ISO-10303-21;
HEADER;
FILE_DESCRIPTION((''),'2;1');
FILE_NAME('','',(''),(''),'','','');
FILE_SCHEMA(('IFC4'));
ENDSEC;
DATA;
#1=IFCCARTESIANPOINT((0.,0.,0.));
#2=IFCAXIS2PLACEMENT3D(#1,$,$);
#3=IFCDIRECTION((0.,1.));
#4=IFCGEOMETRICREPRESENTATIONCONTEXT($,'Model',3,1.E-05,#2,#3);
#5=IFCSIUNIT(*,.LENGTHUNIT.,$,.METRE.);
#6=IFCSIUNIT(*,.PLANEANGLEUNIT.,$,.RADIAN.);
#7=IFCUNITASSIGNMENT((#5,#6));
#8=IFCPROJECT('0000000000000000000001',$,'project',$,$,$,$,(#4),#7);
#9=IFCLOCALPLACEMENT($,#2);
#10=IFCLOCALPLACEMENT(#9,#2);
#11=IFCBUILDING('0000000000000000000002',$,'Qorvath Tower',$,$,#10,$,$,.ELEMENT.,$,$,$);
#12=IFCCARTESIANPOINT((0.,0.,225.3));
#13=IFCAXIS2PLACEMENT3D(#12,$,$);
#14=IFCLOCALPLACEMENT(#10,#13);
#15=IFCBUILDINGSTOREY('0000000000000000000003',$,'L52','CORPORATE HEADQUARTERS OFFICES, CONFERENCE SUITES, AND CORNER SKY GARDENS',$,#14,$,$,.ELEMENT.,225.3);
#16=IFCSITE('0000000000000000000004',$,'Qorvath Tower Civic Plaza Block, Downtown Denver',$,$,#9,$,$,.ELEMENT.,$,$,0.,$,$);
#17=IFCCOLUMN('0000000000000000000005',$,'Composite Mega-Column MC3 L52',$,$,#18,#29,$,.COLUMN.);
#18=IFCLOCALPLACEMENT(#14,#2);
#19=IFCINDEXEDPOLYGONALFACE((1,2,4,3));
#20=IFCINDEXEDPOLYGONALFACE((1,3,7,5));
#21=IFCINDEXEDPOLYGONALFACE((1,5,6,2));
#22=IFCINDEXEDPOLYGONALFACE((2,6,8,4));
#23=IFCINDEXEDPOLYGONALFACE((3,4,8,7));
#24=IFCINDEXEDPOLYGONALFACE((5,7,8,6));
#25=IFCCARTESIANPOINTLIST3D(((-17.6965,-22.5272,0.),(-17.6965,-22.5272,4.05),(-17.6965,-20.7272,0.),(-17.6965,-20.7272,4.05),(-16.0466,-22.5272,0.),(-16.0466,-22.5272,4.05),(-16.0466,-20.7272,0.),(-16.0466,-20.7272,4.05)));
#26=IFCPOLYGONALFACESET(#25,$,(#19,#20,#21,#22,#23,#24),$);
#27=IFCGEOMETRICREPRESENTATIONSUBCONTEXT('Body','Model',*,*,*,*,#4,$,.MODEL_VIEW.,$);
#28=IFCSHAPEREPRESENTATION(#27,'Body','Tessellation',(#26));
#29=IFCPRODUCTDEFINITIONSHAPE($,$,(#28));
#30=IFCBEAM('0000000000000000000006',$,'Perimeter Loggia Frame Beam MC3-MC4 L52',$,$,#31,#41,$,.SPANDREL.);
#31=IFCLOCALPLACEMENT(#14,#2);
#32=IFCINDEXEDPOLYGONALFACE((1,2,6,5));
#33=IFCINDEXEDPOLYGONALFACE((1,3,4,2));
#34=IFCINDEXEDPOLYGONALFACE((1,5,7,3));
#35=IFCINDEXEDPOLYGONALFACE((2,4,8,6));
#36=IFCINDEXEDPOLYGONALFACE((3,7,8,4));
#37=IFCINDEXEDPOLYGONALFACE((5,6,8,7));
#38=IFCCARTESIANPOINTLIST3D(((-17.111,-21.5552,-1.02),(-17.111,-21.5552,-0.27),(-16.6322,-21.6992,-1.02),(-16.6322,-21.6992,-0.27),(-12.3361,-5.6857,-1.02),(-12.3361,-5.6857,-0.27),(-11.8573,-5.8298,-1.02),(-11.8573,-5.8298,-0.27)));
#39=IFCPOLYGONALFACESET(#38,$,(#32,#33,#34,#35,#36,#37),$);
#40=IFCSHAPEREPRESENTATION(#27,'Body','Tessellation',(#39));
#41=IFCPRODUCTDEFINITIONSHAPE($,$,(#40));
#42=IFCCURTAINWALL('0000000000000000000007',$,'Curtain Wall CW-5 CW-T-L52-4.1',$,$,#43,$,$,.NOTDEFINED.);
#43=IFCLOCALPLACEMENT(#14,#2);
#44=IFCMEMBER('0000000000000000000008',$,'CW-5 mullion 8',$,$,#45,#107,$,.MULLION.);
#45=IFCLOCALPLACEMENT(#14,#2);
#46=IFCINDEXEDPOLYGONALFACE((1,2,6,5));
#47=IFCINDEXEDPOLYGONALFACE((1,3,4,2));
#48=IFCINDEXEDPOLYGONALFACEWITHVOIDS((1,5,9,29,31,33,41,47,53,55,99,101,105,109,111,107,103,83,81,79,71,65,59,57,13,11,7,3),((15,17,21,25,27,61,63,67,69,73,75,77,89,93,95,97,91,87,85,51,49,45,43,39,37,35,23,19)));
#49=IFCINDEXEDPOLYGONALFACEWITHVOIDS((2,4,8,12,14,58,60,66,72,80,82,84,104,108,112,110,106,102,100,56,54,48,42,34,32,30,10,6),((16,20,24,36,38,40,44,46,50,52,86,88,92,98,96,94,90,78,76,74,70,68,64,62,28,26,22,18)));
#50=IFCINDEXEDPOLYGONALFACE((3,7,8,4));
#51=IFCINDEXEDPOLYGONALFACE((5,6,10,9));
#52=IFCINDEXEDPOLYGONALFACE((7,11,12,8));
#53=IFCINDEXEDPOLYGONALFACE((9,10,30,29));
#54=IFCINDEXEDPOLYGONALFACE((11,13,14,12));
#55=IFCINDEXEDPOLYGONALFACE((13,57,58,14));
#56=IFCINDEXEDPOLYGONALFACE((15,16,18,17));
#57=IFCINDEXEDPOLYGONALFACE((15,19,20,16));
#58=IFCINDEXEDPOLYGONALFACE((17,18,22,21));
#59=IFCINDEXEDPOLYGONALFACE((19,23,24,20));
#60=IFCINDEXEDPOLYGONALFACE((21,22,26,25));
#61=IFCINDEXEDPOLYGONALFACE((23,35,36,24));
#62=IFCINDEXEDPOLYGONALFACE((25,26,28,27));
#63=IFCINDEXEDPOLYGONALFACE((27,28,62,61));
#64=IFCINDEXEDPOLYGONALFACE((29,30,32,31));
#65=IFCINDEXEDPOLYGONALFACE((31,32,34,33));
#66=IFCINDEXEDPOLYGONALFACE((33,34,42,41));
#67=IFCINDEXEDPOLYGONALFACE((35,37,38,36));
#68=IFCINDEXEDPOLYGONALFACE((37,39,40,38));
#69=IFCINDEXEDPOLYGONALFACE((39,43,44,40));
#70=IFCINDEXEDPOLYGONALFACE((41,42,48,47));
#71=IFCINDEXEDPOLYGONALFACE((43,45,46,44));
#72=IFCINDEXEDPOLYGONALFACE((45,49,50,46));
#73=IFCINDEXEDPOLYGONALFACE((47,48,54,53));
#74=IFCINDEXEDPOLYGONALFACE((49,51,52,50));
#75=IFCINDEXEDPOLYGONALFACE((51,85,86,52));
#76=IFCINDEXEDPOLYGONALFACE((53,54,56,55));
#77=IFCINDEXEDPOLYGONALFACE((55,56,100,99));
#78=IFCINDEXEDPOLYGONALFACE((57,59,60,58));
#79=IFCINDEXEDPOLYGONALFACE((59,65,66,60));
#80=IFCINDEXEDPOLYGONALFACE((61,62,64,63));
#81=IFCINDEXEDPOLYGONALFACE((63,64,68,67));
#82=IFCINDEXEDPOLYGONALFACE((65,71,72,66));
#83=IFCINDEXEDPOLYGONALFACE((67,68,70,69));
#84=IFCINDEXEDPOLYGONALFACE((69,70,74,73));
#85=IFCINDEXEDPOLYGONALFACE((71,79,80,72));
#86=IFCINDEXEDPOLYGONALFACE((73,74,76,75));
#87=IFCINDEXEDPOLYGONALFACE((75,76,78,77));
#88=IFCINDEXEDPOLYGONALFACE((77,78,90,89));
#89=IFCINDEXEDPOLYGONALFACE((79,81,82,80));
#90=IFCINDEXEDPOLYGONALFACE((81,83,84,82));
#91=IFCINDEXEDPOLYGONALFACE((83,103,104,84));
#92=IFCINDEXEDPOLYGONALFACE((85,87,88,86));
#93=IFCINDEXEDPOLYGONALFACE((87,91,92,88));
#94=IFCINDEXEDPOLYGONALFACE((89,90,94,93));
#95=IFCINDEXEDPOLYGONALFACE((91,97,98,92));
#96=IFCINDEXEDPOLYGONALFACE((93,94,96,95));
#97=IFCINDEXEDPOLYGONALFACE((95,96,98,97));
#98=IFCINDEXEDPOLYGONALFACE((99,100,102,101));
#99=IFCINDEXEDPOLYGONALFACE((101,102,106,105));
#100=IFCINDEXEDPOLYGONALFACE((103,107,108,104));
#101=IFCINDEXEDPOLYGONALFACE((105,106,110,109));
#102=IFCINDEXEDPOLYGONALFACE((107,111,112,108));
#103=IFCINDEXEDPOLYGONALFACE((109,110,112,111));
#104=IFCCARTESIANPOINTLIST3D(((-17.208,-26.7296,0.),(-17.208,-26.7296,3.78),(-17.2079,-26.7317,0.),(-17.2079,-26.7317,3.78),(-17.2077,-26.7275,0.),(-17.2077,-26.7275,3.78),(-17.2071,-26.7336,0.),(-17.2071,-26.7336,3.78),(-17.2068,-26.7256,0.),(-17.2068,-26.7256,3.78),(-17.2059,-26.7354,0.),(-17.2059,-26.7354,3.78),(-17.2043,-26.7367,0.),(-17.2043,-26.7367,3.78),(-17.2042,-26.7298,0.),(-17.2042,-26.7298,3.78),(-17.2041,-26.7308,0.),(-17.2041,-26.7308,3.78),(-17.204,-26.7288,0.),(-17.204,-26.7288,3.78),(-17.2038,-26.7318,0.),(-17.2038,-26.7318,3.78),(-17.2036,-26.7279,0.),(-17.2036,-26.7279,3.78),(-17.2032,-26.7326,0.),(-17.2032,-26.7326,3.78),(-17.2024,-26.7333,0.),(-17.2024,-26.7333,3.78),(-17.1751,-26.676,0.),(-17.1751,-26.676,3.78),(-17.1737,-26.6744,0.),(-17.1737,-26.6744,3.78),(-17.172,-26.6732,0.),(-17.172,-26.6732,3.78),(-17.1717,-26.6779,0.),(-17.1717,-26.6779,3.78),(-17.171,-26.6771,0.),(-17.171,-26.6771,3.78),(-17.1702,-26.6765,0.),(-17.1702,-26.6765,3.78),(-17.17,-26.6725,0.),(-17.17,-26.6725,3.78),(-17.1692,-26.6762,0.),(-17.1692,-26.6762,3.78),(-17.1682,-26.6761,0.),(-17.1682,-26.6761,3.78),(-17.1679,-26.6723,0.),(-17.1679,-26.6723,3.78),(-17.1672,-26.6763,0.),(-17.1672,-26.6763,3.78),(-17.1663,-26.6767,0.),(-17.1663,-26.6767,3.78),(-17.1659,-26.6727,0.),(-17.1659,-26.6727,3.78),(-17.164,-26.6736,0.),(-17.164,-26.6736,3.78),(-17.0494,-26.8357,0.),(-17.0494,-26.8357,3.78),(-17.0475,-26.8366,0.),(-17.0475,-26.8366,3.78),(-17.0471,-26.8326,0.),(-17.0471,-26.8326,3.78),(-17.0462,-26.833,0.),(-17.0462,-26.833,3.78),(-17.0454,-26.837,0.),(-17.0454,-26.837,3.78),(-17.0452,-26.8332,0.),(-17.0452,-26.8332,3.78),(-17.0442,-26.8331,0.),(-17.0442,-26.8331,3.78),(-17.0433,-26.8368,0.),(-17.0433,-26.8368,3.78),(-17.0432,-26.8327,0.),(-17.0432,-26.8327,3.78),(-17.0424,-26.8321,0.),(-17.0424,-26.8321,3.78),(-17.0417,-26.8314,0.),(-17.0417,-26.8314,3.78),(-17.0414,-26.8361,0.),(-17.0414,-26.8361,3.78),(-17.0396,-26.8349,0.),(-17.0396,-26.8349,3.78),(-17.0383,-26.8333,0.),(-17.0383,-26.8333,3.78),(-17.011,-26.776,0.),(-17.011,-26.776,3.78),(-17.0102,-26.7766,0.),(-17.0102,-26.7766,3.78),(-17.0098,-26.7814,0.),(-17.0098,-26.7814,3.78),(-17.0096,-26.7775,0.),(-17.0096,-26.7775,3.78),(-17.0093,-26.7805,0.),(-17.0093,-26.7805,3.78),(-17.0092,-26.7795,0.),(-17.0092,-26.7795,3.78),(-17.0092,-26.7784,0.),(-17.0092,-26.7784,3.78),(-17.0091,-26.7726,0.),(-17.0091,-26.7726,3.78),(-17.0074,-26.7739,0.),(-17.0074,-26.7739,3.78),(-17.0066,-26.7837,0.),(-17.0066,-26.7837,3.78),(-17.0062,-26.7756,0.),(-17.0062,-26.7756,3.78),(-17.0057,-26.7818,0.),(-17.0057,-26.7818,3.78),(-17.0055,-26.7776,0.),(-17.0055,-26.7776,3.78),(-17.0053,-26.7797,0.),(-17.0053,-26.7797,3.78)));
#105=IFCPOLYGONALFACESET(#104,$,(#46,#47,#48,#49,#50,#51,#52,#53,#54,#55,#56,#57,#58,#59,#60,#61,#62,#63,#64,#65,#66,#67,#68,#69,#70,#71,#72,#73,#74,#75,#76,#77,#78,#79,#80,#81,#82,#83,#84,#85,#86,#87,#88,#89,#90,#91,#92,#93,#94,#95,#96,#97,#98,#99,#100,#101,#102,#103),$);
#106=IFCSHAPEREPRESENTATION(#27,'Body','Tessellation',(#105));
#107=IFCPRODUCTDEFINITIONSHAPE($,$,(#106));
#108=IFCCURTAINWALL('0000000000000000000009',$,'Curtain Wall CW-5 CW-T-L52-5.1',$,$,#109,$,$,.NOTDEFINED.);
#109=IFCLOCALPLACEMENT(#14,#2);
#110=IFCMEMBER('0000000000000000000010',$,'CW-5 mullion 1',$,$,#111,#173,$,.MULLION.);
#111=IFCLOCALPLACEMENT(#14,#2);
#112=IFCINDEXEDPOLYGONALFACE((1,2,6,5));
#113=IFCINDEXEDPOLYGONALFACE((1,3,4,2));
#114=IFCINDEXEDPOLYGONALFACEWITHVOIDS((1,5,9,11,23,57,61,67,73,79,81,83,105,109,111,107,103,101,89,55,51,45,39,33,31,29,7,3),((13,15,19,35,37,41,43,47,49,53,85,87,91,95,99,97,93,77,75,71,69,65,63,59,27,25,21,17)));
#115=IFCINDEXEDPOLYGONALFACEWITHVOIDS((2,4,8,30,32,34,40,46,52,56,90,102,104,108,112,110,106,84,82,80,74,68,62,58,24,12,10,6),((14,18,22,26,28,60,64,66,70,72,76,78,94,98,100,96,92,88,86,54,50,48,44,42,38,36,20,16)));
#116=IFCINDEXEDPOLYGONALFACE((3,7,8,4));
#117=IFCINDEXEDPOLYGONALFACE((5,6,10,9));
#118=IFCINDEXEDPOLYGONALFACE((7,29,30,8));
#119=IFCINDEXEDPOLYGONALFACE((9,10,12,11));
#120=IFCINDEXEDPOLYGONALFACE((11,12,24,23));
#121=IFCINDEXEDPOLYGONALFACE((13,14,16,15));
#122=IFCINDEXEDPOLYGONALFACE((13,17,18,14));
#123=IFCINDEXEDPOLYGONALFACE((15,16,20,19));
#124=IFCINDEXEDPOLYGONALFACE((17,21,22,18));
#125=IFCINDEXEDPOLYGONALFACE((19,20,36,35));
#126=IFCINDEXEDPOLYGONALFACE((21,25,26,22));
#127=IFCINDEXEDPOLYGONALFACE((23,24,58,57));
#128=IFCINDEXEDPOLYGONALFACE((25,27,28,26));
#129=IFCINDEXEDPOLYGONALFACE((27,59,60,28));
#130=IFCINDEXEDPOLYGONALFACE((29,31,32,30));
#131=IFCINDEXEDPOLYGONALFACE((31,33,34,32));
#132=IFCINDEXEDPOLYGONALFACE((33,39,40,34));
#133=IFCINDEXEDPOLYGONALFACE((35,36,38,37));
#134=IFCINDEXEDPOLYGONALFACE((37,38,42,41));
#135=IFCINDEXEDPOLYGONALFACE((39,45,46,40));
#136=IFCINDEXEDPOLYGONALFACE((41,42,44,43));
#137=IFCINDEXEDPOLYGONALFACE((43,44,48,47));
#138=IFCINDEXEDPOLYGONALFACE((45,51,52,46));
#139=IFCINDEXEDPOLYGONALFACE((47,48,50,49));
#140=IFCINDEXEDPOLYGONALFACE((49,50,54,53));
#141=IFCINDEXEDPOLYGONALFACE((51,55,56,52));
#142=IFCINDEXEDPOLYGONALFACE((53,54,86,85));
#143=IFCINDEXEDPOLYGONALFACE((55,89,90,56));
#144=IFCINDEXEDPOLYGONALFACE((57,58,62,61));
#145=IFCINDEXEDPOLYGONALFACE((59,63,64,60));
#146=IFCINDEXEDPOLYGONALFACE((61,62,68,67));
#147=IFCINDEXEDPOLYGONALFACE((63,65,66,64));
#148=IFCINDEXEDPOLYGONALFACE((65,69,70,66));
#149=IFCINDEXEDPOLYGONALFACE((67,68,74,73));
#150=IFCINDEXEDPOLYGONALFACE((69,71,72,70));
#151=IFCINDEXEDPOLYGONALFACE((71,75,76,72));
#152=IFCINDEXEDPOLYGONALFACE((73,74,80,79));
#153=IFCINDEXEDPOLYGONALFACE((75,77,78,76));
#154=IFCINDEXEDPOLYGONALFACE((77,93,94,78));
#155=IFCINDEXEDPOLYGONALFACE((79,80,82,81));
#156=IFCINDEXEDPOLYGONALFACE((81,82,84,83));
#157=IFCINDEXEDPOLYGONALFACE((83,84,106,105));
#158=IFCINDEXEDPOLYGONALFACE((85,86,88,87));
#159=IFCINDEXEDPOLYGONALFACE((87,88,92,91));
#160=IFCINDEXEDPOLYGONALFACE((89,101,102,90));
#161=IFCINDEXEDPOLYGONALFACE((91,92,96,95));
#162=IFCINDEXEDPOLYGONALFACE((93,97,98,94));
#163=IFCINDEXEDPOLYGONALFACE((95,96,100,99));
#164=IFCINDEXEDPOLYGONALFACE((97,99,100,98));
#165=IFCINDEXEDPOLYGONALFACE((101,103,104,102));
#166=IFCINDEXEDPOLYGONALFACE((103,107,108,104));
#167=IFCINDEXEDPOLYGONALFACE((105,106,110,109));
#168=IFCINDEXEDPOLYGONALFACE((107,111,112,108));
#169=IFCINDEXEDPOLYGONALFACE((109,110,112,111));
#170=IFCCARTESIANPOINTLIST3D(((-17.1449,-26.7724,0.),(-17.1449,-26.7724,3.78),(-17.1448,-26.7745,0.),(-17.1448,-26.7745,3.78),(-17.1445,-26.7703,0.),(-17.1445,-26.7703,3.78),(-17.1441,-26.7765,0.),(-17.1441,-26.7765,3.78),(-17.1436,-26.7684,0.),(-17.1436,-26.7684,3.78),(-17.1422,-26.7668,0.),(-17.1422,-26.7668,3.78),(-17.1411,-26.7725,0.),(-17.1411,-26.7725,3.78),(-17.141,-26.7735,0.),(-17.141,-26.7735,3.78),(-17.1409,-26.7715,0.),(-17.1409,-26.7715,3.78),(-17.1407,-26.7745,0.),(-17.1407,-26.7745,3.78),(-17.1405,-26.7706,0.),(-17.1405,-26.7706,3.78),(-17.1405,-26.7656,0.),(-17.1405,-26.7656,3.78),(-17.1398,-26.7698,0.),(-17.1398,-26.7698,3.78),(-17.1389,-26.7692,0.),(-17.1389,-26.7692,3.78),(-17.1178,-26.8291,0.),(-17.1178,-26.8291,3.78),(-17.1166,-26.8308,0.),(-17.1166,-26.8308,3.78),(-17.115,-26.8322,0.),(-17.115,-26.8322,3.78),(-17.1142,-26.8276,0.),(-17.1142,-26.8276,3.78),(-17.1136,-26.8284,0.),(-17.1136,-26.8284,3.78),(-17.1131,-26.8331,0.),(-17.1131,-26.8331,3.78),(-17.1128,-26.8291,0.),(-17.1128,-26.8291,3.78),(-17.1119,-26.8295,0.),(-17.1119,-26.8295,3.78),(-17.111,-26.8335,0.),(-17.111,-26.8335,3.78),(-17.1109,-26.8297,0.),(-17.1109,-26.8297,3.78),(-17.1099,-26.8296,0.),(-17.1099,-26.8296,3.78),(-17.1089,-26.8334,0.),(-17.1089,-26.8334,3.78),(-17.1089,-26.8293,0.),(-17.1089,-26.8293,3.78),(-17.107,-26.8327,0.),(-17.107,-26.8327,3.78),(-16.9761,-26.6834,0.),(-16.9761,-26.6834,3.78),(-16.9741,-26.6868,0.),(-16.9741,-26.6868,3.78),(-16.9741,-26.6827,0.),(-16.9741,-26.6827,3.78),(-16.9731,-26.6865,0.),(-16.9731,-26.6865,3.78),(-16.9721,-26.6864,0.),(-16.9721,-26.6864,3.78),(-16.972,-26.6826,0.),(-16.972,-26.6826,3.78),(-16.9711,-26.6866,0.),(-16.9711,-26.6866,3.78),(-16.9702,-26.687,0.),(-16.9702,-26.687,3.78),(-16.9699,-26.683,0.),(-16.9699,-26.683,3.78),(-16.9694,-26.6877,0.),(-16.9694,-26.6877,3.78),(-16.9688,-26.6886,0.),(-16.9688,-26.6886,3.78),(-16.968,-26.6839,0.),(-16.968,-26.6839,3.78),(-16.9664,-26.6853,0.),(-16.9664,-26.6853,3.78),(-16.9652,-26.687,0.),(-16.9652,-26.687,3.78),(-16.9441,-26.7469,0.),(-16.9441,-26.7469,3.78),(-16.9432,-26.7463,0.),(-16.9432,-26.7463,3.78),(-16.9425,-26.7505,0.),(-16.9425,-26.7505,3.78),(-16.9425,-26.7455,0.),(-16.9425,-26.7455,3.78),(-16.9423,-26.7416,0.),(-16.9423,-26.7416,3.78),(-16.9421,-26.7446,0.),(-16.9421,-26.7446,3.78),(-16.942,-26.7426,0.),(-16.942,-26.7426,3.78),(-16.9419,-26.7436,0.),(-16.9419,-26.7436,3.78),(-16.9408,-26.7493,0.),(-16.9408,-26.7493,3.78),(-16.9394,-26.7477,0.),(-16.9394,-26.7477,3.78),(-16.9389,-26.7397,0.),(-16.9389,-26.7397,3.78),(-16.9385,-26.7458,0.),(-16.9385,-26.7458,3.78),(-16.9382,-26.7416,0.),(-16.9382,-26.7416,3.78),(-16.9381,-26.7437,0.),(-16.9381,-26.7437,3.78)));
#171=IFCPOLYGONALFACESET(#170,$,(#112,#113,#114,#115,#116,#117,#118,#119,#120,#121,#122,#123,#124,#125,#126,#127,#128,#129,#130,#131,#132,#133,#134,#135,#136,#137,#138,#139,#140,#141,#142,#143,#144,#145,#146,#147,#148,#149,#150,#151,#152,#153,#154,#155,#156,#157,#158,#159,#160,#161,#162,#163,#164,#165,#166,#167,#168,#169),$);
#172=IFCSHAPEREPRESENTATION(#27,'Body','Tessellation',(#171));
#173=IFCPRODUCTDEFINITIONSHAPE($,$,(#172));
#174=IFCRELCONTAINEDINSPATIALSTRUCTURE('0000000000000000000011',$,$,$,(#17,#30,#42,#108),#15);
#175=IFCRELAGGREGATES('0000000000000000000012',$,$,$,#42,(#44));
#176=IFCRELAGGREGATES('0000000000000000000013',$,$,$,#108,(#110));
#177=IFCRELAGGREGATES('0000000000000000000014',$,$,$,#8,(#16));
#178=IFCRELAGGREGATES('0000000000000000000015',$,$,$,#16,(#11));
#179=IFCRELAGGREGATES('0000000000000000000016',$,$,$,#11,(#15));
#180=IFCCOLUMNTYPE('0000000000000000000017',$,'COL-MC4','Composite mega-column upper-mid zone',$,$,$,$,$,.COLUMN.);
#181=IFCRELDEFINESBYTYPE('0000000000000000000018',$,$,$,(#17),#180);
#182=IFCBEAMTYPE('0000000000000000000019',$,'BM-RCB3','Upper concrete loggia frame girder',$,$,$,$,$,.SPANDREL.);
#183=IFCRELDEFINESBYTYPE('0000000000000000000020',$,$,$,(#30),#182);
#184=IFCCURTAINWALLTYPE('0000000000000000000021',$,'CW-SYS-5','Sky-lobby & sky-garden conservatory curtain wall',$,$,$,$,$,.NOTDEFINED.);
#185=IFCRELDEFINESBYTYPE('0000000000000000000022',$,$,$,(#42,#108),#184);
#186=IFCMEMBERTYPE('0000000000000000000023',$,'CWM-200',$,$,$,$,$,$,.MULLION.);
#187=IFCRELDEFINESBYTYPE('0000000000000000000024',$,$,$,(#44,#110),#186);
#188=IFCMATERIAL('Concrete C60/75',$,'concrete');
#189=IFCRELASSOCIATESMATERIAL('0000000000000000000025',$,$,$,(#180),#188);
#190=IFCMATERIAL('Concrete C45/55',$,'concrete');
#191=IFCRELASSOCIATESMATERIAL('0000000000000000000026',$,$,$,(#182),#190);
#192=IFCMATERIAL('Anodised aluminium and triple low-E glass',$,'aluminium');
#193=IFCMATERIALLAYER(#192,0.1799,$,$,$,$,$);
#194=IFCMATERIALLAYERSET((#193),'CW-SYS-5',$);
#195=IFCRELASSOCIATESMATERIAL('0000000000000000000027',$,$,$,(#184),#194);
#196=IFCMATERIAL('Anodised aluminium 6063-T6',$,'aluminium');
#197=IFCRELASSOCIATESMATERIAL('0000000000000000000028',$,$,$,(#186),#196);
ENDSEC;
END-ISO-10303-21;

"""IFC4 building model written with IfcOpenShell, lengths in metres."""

from ifc_helpers import new_model, si_unit, direction, frame, origin, origin_2d, place, context, subcontext, project, spatial, rectangle, hollow_rectangle, extrude, material, layer, layer_set, material_profile, profile_set, type_object, element, aggregate, save


model = new_model("IFC4")

# Units and contexts
model_context = context("Model", 3, precision=1e-05, world=origin(), true_north=direction((0.0, 1.0)))
body_context = subcontext(model_context, "Body", "Model", "MODEL_VIEW")
ifc_project = project(units=[si_unit("LENGTHUNIT", "METRE"), si_unit("PLANEANGLEUNIT", "RADIAN")], contexts=[model_context])

# Site, building, storey
site_placement = place(None, origin())
site = spatial("IfcSite", under=ifc_project, at=site_placement, Name="Qorvath Tower Civic Plaza Block, Downtown Denver", CompositionType="ELEMENT", RefElevation=0.0)
building_placement = place(site_placement, origin())
building = spatial("IfcBuilding", under=site, at=building_placement, Name="Qorvath Tower", CompositionType="ELEMENT")
storey_placement = place(building_placement, frame((0.0, 0.0, 225.3)))
storey = spatial("IfcBuildingStorey", under=building, at=storey_placement, Name="L52", Description="CORPORATE HEADQUARTERS OFFICES, CONFERENCE SUITES, AND CORNER SKY GARDENS", CompositionType="ELEMENT", Elevation=225.3)

# Column
ifc_material_1 = material(Name="Concrete C60/75", Category="concrete")
ifc_material_profile_1 = material_profile(ifc_material_1, rectangle(XDim=1.6499, YDim=1.8, at=origin_2d()), Name="MC 1800x1650")
ifc_profile_set_1 = profile_set([ifc_material_profile_1], Name="Concrete C60/75")
column_type = type_object("IfcColumnType", Name="COL-MC4", Description="Composite mega-column upper-mid zone", PredefinedType="COLUMN", material=ifc_profile_set_1)
column_placement = place(storey_placement, frame((-16.8716, -21.6272, 0.0), z_axis=(0.0, 0.0, 1.0), x_axis=(1.0, 0.0, 0.0)))
element("IfcColumn", 1, at=column_placement, inside=storey, type_object=column_type, Name="Composite Mega-Column MC3 L52", PredefinedType="COLUMN", context=body_context, shape_type="SweptSolid", body=[
    extrude(rectangle(XDim=1.6499, YDim=1.8, at=origin_2d()), origin(), (0.0, 0.0, 1.0), 4.05),
])

# Beam
ifc_material_2 = material(Name="Concrete C45/55", Category="concrete")
ifc_material_profile_2 = material_profile(ifc_material_2, rectangle(XDim=0.5, YDim=0.75, at=origin_2d()), Name="RCB 750x500")
ifc_profile_set_2 = profile_set([ifc_material_profile_2], Name="Concrete C45/55")
beam_type = type_object("IfcBeamType", Name="BM-RCB3", Description="Upper concrete loggia frame girder", PredefinedType="SPANDREL", material=ifc_profile_set_2)
beam_placement = place(storey_placement, frame((-16.8716, -21.6272, -0.645), z_axis=(0.288128, 0.957592, 0.0), x_axis=(-0.957592, 0.288128, 0.0)))
element("IfcBeam", 2, at=beam_placement, inside=storey, type_object=beam_type, Name="Perimeter Loggia Frame Beam MC3-MC4 L52", PredefinedType="SPANDREL", context=body_context, shape_type="SweptSolid", body=[
    extrude(rectangle(XDim=0.5, YDim=0.75, at=origin_2d()), origin(), (0.0, 0.0, 1.0), 16.5723),
])

# Curtain wall, member
ifc_material_3 = material(Name="Anodised aluminium and triple low-E glass", Category="aluminium")
ifc_layer_1 = layer(ifc_material_3, 0.1799)
ifc_layer_set_1 = layer_set([ifc_layer_1], Name="CW-SYS-5")
curtain_wall_type = type_object("IfcCurtainWallType", Name="CW-SYS-5", Description="Sky-lobby & sky-garden conservatory curtain wall", PredefinedType="NOTDEFINED", material=ifc_layer_set_1)
curtain_wall_1_placement = place(storey_placement, origin())
curtain_wall_1 = element("IfcCurtainWall", 3, at=curtain_wall_1_placement, inside=storey, type_object=curtain_wall_type, Name="Curtain Wall CW-5 CW-T-L52-4.1", PredefinedType="NOTDEFINED")
ifc_material_4 = material(Name="Anodised aluminium 6063-T6", Category="aluminium")
ifc_material_profile_3 = material_profile(ifc_material_4, hollow_rectangle(XDim=0.075, YDim=0.2, WallThickness=0.0039, InnerFilletRadius=0.0039, OuterFilletRadius=0.0081, at=origin_2d()), Name="CWM 200x75")
ifc_profile_set_3 = profile_set([ifc_material_profile_3], Name="Anodised aluminium 6063-T6")
member_type_1 = type_object("IfcMemberType", Name="CWM-200", PredefinedType="MULLION", material=ifc_profile_set_3)
member_1_placement = place(storey_placement, frame((-17.1067, -26.7546, 0.0), z_axis=(0.0, 0.0, 1.0), x_axis=(0.538529, 0.842607, 0.0)))
member_1 = element("IfcMember", 4, at=member_1_placement, type_object=member_type_1, Name="CW-5 mullion 8", PredefinedType="MULLION", context=body_context, shape_type="SweptSolid", body=[
    extrude(hollow_rectangle(XDim=0.075, YDim=0.2, WallThickness=0.0039, InnerFilletRadius=0.0039, OuterFilletRadius=0.0081, at=origin_2d()), origin(), (0.0, 0.0, 1.0), 3.78),
])

# Curtain wall, member
curtain_wall_2_placement = place(storey_placement, origin())
curtain_wall_2 = element("IfcCurtainWall", 5, at=curtain_wall_2_placement, inside=storey, type_object=curtain_wall_type, Name="Curtain Wall CW-5 CW-T-L52-5.1", PredefinedType="NOTDEFINED")
member_2_placement = place(storey_placement, frame((-17.0415, -26.7581, 0.0), z_axis=(0.0, 0.0, 1.0), x_axis=(-0.447232, 0.894418, 0.0)))
member_2 = element("IfcMember", 6, at=member_2_placement, type_object=member_type_1, Name="CW-5 mullion 1", PredefinedType="MULLION", context=body_context, shape_type="SweptSolid", body=[
    extrude(hollow_rectangle(XDim=0.075, YDim=0.2, WallThickness=0.0039, InnerFilletRadius=0.0039, OuterFilletRadius=0.0081, at=origin_2d()), origin(), (0.0, 0.0, 1.0), 3.78),
])

aggregate(curtain_wall_1, [member_1])
aggregate(curtain_wall_2, [member_2])

save(model, "model.ifc")
